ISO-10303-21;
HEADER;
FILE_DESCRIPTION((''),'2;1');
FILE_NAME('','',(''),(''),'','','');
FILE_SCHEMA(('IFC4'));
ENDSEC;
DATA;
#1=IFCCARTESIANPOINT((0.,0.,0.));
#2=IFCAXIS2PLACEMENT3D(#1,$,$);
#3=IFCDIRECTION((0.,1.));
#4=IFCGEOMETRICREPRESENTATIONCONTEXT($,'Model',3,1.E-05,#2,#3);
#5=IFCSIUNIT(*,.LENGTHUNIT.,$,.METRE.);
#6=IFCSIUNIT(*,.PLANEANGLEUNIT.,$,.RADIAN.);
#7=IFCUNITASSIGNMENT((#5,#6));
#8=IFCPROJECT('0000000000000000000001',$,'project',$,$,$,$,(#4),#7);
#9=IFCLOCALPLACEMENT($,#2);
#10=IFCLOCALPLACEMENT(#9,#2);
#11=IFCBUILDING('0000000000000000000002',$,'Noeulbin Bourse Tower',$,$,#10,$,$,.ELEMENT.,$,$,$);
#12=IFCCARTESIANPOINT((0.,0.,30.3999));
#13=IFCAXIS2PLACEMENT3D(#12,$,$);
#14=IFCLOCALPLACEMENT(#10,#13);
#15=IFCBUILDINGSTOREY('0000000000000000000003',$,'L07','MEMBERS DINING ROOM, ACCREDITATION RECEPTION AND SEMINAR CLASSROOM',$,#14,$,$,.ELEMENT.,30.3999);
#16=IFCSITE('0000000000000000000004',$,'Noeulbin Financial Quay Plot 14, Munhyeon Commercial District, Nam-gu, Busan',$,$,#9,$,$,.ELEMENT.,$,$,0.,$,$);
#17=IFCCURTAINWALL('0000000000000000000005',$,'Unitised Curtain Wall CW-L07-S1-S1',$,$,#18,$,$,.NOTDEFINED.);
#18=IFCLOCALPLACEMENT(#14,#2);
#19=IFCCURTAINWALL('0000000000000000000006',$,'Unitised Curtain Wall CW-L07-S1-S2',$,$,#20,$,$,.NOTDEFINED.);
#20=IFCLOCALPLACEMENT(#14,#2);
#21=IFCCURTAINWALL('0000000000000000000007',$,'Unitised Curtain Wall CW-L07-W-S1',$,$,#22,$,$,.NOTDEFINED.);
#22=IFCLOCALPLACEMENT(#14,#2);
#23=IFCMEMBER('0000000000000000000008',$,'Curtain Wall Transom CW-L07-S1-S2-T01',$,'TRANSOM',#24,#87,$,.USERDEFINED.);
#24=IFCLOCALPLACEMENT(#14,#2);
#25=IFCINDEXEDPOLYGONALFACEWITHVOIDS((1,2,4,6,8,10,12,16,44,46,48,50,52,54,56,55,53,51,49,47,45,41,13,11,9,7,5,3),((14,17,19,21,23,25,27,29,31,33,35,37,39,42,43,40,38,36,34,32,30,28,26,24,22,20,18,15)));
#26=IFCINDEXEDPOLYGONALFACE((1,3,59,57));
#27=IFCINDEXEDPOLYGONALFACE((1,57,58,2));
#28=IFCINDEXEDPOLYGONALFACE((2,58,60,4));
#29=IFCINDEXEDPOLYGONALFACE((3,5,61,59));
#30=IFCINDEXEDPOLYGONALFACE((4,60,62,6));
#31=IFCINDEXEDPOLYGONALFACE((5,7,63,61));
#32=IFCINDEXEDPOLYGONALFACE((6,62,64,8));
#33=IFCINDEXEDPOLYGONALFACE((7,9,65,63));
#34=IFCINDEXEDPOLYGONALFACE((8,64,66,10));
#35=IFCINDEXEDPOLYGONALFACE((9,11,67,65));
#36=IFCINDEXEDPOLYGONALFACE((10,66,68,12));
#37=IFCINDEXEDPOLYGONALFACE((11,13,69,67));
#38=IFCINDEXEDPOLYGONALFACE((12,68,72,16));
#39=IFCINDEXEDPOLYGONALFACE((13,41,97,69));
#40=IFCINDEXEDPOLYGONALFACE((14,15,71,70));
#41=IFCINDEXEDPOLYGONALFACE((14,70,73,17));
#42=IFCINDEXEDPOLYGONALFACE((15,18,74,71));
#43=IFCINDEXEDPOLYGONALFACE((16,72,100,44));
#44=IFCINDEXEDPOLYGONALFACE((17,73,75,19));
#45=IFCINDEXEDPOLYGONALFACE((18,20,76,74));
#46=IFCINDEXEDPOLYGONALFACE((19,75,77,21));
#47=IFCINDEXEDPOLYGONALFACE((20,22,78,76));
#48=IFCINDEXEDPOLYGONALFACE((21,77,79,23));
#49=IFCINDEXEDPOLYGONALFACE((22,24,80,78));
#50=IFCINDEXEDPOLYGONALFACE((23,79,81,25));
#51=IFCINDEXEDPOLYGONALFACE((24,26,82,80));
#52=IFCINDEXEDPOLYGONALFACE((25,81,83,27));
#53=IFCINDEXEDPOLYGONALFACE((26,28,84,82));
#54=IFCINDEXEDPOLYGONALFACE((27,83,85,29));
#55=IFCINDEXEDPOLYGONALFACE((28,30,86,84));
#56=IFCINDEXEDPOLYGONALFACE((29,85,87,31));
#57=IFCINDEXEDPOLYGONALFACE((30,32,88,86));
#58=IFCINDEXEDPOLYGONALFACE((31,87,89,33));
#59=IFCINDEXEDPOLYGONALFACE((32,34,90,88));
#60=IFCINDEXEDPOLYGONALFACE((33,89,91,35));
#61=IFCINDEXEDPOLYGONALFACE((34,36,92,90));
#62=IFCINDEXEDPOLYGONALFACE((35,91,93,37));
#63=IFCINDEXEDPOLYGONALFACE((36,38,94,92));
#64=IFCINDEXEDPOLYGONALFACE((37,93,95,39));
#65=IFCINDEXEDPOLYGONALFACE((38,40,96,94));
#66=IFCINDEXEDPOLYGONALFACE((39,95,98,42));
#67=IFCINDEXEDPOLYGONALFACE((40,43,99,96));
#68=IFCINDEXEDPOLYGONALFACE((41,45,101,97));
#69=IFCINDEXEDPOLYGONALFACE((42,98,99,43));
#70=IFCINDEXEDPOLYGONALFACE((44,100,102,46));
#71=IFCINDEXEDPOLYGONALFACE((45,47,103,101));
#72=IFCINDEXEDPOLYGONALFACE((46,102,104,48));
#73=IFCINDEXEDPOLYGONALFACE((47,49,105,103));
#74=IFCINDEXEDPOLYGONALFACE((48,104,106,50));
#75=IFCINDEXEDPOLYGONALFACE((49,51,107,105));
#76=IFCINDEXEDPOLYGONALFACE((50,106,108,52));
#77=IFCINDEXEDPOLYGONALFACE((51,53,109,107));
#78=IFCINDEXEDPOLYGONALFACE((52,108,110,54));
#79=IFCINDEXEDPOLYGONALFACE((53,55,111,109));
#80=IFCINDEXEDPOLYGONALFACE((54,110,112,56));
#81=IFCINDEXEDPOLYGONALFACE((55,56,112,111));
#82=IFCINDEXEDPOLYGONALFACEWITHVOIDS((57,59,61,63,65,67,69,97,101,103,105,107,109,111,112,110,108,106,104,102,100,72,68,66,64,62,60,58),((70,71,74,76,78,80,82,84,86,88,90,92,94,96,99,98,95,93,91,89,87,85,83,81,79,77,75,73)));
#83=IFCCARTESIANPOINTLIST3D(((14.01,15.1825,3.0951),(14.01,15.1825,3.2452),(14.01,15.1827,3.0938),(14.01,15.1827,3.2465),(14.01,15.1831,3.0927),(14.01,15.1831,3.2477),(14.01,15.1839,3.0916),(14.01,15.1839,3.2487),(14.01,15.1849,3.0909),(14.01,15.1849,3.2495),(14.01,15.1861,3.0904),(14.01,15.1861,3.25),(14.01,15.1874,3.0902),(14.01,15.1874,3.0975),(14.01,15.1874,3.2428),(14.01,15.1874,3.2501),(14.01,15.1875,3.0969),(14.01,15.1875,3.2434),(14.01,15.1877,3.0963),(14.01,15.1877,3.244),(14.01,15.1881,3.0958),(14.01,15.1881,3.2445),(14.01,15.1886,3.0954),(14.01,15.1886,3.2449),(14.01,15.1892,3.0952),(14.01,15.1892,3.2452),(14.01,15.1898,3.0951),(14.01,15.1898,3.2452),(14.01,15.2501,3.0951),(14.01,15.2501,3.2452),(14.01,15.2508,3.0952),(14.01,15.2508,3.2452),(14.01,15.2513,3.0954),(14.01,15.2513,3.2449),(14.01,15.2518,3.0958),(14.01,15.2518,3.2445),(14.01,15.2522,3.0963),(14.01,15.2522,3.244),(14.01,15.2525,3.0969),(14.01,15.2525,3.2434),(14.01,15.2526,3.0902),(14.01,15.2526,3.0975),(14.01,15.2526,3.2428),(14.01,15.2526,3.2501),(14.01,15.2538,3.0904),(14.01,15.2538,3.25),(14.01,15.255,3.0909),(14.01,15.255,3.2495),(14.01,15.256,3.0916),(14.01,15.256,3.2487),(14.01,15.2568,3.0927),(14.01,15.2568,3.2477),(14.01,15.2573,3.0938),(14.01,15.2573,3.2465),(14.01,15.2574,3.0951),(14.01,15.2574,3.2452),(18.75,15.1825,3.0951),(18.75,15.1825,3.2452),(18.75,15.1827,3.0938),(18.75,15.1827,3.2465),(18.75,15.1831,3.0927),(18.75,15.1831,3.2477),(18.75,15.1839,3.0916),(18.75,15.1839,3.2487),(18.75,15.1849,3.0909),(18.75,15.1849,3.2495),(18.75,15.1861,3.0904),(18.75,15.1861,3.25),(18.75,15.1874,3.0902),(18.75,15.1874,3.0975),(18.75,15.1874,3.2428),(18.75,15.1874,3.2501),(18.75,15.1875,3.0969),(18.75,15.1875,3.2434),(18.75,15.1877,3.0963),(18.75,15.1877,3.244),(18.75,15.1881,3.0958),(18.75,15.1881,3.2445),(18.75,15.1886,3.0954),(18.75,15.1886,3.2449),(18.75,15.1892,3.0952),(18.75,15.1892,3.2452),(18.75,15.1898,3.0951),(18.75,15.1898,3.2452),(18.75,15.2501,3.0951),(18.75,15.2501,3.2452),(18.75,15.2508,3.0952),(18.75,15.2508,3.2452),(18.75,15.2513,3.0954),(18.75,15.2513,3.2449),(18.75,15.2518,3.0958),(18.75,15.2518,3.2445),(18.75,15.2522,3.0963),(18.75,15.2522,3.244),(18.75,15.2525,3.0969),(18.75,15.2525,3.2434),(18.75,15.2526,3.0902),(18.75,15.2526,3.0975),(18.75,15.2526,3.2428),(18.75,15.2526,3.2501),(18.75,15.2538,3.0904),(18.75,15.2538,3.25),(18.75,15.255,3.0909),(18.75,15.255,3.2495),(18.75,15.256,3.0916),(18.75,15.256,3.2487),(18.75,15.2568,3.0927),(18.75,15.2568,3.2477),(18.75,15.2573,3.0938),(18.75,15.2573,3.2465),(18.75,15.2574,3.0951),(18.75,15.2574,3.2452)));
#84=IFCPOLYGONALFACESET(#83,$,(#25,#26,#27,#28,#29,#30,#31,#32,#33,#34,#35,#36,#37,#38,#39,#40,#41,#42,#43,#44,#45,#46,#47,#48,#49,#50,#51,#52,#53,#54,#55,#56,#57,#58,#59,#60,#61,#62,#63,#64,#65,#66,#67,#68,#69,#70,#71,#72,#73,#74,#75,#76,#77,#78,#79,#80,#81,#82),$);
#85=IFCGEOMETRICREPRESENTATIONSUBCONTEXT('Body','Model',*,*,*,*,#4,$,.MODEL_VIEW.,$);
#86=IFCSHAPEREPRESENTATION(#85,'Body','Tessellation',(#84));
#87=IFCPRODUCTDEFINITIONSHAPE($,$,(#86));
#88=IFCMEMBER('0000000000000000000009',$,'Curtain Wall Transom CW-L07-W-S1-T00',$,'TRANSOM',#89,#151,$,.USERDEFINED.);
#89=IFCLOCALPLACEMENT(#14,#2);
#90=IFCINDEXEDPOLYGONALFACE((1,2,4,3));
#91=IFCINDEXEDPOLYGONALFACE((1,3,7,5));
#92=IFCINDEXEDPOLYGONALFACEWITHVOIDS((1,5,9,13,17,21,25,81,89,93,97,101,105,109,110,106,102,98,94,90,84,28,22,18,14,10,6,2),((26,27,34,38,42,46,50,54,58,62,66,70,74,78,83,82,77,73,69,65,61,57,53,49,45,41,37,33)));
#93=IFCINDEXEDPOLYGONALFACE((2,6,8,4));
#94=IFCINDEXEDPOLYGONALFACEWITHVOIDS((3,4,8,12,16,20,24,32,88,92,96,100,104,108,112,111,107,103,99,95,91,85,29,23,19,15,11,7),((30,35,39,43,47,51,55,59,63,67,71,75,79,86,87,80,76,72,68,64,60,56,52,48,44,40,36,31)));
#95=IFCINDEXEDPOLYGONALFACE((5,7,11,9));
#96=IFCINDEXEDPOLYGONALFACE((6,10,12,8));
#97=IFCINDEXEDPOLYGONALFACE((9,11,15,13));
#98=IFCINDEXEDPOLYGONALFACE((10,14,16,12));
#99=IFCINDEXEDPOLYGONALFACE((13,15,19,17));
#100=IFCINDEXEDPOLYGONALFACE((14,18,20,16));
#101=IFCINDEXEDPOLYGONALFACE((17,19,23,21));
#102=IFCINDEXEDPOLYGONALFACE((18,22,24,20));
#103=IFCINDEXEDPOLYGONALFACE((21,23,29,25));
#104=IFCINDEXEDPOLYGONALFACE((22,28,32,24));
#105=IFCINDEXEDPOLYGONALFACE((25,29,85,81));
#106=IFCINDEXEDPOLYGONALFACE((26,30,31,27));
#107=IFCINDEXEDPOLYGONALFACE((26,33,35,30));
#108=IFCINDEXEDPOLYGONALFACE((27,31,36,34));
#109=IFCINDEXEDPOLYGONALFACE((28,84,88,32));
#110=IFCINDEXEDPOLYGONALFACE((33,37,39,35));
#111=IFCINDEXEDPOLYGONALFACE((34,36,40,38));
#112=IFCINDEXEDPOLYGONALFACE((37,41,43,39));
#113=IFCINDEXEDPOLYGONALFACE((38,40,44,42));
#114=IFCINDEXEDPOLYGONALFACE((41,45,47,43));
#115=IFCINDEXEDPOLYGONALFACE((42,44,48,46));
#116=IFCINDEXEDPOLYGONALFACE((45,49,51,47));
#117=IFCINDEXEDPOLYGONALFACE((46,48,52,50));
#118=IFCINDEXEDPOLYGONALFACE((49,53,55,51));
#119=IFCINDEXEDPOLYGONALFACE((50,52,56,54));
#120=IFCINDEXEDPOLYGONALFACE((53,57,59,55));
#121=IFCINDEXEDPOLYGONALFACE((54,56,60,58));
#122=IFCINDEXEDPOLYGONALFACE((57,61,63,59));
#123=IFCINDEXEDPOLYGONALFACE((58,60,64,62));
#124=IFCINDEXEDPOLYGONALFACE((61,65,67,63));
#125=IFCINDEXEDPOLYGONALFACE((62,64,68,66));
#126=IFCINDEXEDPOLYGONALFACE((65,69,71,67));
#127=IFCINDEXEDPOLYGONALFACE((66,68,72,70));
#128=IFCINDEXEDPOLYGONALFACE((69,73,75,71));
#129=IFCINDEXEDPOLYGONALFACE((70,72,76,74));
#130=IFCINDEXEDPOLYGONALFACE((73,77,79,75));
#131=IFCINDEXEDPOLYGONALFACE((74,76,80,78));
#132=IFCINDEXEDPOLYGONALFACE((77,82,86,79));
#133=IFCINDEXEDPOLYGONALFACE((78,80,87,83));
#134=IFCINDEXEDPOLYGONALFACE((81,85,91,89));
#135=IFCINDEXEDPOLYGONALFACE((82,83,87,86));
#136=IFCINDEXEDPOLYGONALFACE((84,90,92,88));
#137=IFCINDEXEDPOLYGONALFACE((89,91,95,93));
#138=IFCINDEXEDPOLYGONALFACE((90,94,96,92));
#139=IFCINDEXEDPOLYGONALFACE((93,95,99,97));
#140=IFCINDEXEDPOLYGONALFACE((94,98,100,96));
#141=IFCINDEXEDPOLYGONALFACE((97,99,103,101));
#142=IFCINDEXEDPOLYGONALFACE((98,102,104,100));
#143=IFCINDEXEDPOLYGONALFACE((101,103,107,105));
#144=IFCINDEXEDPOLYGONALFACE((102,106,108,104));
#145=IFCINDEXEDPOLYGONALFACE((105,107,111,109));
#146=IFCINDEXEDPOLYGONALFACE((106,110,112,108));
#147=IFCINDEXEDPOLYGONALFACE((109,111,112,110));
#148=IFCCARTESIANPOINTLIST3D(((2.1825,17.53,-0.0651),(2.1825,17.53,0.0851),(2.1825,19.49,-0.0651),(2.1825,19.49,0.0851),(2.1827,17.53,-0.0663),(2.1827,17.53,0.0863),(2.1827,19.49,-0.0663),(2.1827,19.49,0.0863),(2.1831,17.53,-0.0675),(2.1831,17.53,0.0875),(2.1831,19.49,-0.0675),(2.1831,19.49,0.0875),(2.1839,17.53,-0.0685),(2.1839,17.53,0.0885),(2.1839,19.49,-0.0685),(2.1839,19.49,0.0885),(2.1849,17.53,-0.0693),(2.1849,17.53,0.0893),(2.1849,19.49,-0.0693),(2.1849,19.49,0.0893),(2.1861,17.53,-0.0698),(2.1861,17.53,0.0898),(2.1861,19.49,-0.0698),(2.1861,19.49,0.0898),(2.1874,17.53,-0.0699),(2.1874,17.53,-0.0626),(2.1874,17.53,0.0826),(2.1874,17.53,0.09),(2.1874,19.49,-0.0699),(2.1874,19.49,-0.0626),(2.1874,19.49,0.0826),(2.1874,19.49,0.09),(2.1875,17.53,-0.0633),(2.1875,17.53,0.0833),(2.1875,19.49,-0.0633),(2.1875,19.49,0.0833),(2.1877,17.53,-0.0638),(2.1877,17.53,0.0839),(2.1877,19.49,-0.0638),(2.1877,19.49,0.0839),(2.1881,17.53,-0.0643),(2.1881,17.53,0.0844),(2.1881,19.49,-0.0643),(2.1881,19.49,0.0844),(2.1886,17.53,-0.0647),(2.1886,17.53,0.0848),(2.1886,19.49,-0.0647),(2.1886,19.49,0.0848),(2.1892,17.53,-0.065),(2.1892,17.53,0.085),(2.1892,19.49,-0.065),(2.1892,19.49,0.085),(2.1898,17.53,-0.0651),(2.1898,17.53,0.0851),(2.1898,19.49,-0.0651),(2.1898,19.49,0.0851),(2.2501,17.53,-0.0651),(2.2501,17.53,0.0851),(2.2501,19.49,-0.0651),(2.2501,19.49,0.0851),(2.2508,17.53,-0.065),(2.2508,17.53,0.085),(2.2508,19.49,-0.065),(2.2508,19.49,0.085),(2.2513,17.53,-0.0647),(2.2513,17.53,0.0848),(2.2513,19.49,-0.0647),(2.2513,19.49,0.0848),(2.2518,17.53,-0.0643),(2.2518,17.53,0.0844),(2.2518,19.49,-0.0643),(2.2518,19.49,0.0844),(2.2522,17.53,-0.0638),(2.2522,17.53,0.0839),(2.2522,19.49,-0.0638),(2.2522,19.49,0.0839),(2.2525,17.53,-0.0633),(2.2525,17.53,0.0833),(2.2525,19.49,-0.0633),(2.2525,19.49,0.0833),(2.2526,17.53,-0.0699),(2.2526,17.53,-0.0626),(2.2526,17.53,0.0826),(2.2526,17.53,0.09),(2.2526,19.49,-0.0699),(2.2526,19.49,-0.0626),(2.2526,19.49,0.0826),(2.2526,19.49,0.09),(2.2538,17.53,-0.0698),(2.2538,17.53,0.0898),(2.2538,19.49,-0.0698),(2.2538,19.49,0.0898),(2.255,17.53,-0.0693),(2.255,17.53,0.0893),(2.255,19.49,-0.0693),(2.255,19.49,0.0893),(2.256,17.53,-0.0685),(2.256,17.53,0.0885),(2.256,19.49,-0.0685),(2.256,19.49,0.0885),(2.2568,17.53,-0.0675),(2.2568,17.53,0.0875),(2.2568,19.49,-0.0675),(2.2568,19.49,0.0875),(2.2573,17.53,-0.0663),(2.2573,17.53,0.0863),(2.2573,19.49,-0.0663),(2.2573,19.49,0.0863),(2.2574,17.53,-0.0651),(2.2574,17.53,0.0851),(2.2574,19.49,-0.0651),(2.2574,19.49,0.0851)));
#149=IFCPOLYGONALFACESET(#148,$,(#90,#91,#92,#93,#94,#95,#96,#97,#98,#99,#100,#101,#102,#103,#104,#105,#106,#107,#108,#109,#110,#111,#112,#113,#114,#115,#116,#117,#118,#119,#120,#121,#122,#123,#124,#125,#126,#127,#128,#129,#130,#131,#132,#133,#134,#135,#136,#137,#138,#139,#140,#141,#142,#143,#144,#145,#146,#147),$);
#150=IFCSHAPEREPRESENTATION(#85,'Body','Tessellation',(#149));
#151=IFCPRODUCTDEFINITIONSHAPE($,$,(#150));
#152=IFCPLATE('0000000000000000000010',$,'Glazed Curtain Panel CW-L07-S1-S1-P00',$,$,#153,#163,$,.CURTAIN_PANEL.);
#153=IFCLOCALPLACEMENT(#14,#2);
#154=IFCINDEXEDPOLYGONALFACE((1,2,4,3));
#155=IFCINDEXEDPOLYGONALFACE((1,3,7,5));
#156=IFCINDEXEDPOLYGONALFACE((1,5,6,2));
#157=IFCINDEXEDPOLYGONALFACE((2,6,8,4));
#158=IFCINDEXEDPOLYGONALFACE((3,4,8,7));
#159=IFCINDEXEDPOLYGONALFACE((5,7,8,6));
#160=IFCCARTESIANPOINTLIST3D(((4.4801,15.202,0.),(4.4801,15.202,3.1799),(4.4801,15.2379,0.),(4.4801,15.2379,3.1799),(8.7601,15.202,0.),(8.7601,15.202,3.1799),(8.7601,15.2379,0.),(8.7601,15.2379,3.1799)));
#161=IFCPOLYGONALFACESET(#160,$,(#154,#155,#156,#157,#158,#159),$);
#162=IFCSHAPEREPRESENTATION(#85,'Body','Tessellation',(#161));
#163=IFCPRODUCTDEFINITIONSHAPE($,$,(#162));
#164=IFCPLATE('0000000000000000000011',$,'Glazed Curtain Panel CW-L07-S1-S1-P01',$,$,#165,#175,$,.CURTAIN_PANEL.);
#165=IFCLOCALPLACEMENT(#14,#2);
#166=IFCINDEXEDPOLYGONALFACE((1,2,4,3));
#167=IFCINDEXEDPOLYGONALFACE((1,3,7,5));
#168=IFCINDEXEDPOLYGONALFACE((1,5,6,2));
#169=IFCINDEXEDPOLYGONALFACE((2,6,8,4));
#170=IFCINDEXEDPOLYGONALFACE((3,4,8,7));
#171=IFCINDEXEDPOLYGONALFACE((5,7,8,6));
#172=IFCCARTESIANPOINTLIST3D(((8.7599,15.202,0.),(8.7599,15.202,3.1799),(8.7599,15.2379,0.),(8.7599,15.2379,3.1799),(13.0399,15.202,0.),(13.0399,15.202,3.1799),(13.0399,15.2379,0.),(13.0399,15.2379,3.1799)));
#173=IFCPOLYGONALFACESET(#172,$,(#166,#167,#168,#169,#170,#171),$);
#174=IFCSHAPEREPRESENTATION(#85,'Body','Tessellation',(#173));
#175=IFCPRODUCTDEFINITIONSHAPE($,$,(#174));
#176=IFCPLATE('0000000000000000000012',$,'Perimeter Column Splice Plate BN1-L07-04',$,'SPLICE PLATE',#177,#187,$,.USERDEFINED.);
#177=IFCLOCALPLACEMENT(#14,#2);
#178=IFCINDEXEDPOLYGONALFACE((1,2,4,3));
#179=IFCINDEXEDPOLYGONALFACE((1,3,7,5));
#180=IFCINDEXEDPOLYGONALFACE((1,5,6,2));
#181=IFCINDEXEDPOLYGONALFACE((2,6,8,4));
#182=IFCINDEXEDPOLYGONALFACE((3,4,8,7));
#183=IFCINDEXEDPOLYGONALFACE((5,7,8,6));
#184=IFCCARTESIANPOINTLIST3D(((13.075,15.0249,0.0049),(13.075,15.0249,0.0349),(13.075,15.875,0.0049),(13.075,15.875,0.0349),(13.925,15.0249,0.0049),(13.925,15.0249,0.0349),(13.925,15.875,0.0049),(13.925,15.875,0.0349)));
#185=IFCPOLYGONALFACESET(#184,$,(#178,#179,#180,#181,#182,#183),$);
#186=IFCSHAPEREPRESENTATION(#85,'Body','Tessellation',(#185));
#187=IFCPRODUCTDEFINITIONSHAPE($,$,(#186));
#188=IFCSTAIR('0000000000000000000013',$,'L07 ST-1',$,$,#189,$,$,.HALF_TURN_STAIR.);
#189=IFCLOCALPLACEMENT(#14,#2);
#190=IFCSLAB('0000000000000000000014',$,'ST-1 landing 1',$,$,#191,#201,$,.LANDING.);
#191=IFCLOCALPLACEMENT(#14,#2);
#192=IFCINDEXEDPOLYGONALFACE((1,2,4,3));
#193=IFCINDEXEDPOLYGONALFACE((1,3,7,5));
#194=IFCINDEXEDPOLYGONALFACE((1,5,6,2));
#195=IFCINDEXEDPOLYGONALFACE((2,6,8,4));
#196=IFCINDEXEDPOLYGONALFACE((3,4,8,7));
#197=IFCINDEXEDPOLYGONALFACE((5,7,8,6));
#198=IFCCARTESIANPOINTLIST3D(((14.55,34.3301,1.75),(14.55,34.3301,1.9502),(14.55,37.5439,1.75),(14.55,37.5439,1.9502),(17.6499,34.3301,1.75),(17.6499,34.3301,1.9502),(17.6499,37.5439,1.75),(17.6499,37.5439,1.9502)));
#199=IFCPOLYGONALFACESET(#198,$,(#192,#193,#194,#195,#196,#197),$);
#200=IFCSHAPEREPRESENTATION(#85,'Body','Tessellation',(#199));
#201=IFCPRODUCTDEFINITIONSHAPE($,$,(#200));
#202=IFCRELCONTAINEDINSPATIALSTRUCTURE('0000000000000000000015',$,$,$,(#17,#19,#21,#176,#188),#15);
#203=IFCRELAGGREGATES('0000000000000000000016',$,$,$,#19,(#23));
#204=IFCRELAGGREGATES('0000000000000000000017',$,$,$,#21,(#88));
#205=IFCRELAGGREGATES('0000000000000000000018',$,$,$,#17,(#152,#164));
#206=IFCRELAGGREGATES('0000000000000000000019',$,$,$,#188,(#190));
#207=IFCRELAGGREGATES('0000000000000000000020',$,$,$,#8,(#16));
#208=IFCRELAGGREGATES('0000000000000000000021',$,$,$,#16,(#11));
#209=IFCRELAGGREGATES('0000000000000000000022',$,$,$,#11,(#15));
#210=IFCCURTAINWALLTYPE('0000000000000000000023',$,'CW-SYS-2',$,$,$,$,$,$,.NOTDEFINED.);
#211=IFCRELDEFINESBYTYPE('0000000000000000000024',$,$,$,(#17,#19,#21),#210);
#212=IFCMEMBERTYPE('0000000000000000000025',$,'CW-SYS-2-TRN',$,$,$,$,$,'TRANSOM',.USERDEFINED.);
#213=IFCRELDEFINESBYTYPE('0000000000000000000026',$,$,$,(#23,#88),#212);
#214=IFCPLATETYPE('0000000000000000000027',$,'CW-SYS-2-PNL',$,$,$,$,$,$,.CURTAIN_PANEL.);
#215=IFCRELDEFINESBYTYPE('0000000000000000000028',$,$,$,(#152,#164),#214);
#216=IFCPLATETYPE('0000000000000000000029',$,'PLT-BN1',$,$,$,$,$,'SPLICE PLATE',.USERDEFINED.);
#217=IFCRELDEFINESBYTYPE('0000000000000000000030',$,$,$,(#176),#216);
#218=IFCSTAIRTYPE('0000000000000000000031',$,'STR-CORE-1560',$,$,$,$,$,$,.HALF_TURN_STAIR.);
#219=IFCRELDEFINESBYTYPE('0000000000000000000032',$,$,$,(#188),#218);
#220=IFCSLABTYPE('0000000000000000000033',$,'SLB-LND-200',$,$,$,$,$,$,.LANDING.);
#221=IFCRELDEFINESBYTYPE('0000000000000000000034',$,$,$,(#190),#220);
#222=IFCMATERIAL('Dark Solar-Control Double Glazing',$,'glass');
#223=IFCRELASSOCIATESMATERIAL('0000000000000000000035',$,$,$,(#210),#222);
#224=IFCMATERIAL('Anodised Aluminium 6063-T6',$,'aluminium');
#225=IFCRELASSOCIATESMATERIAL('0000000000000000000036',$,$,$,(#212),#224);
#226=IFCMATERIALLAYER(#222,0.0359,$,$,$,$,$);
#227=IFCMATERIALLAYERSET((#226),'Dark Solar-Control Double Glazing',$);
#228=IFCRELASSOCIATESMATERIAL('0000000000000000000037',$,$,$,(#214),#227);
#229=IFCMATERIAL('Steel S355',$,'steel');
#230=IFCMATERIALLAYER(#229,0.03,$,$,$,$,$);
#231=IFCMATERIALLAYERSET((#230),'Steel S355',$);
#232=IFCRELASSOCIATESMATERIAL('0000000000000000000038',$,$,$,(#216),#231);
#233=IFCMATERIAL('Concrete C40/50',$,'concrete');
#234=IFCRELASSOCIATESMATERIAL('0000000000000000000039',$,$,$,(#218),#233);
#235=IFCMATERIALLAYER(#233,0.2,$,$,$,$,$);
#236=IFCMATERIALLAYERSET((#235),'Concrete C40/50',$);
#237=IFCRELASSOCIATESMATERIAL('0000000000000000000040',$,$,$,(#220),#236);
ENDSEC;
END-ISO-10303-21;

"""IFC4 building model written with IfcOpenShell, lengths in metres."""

from ifc_helpers import new_model, si_unit, direction, frame, origin, origin_2d, place, context, subcontext, project, spatial, polyline, rectangle, hollow_rectangle, outline, extrude, material, layer, layer_set, material_profile, profile_set, type_object, element, aggregate, save


model = new_model("IFC4")

# Units and contexts
model_context = context("Model", 3, precision=1e-05, world=origin(), true_north=direction((0.0, 1.0)))
body_context = subcontext(model_context, "Body", "Model", "MODEL_VIEW")
ifc_project = project(units=[si_unit("LENGTHUNIT", "METRE"), si_unit("PLANEANGLEUNIT", "RADIAN")], contexts=[model_context])

# Site, building, storey
site_placement = place(None, origin())
site = spatial("IfcSite", under=ifc_project, at=site_placement, Name="Noeulbin Financial Quay Plot 14, Munhyeon Commercial District, Nam-gu, Busan", CompositionType="ELEMENT", RefElevation=0.0)
building_placement = place(site_placement, origin())
building = spatial("IfcBuilding", under=site, at=building_placement, Name="Noeulbin Bourse Tower", CompositionType="ELEMENT")
storey_placement = place(building_placement, frame((0.0, 0.0, 30.3999)))
storey = spatial("IfcBuildingStorey", under=building, at=storey_placement, Name="L07", Description="MEMBERS DINING ROOM, ACCREDITATION RECEPTION AND SEMINAR CLASSROOM", CompositionType="ELEMENT", Elevation=30.3999)

# Shared definitions
ifc_material_1 = material(Name="Steel S355", Category="steel")

# Curtain wall
ifc_material_2 = material(Name="Dark Solar-Control Double Glazing", Category="glass")
curtain_wall_type = type_object("IfcCurtainWallType", Name="CW-SYS-2", PredefinedType="NOTDEFINED", material=ifc_material_2)
curtain_wall_1_placement = place(storey_placement, origin())
curtain_wall_1 = element("IfcCurtainWall", 1, at=curtain_wall_1_placement, inside=storey, type_object=curtain_wall_type, Name="Unitised Curtain Wall CW-L07-S1-S1", PredefinedType="NOTDEFINED")
ifc_material_3 = material(Name="Anodised Aluminium 6063-T6", Category="aluminium")

# Curtain walls
curtain_wall_2_placement = place(storey_placement, origin())
curtain_wall_2 = element("IfcCurtainWall", 2, at=curtain_wall_2_placement, inside=storey, type_object=curtain_wall_type, Name="Unitised Curtain Wall CW-L07-S1-S2", PredefinedType="NOTDEFINED")
curtain_wall_3_placement = place(storey_placement, origin())
curtain_wall_3 = element("IfcCurtainWall", 3, at=curtain_wall_3_placement, inside=storey, type_object=curtain_wall_type, Name="Unitised Curtain Wall CW-L07-W-S1", PredefinedType="NOTDEFINED")

# Members
ifc_material_profile_1 = material_profile(ifc_material_3, hollow_rectangle(XDim=0.075, YDim=0.1599, WallThickness=0.0049, InnerFilletRadius=0.0024, OuterFilletRadius=0.0049, at=origin_2d()), Name="ALU-TRAN-75x160x5", Category="LoadBearing")
ifc_profile_set_1 = profile_set([ifc_material_profile_1], Name="Anodised Aluminium 6063-T6")
member_type_1 = type_object("IfcMemberType", Name="CW-SYS-2-TRN", ElementType="TRANSOM", PredefinedType="USERDEFINED", material=ifc_profile_set_1)
member_1_placement = place(storey_placement, frame((14.01, 15.22, 3.1702), z_axis=(1.0, 0.0, 0.0), x_axis=(0.0, 1.0, 0.0)))
member_1 = element("IfcMember", 4, at=member_1_placement, type_object=member_type_1, Name="Curtain Wall Transom CW-L07-S1-S2-T01", ObjectType="TRANSOM", PredefinedType="USERDEFINED", context=body_context, shape_type="SweptSolid", body=[
    extrude(hollow_rectangle(XDim=0.075, YDim=0.1599, WallThickness=0.0049, InnerFilletRadius=0.0024, OuterFilletRadius=0.0049, at=origin_2d()), origin(), (0.0, 0.0, 1.0), 4.74),
])
aggregate(curtain_wall_2, [member_1])
member_2_placement = place(storey_placement, frame((2.22, 17.53, 0.01), z_axis=(0.0, 1.0, 0.0), x_axis=(-1.0, 0.0, 0.0)))
member_2 = element("IfcMember", 5, at=member_2_placement, type_object=member_type_1, Name="Curtain Wall Transom CW-L07-W-S1-T00", ObjectType="TRANSOM", PredefinedType="USERDEFINED", context=body_context, shape_type="SweptSolid", body=[
    extrude(hollow_rectangle(XDim=0.075, YDim=0.1599, WallThickness=0.0049, InnerFilletRadius=0.0024, OuterFilletRadius=0.0049, at=origin_2d()), origin(), (0.0, 0.0, 1.0), 1.96),
])
aggregate(curtain_wall_3, [member_2])

# Plates
ifc_layer_1 = layer(ifc_material_2, 0.0359)
ifc_layer_set_1 = layer_set([ifc_layer_1], Name="Dark Solar-Control Double Glazing")
plate_type_1 = type_object("IfcPlateType", Name="CW-SYS-2-PNL", PredefinedType="CURTAIN_PANEL", material=ifc_layer_set_1)
plate_1_placement = place(storey_placement, frame((6.6201, 15.22, 0.0), z_axis=(0.0, 0.0, 1.0), x_axis=(1.0, 0.0, 0.0)))
plate_1 = element("IfcPlate", 6, at=plate_1_placement, type_object=plate_type_1, Name="Glazed Curtain Panel CW-L07-S1-S1-P00", PredefinedType="CURTAIN_PANEL", context=body_context, shape_type="SweptSolid", body=[
    extrude(rectangle(XDim=4.28, YDim=0.0359, at=origin_2d()), origin(), (0.0, 0.0, 1.0), 3.1799),
])
plate_2_placement = place(storey_placement, frame((10.8999, 15.22, 0.0), z_axis=(0.0, 0.0, 1.0), x_axis=(1.0, 0.0, 0.0)))
plate_2 = element("IfcPlate", 7, at=plate_2_placement, type_object=plate_type_1, Name="Glazed Curtain Panel CW-L07-S1-S1-P01", PredefinedType="CURTAIN_PANEL", context=body_context, shape_type="SweptSolid", body=[
    extrude(rectangle(XDim=4.28, YDim=0.0359, at=origin_2d()), origin(), (0.0, 0.0, 1.0), 3.1799),
])
aggregate(curtain_wall_1, [plate_1, plate_2])
ifc_layer_2 = layer(ifc_material_1, 0.03)
ifc_layer_set_2 = layer_set([ifc_layer_2], Name="Steel S355")
plate_type_2 = type_object("IfcPlateType", Name="PLT-BN1", ElementType="SPLICE PLATE", PredefinedType="USERDEFINED", material=ifc_layer_set_2)
plate_3_placement = place(storey_placement, frame((13.5, 15.45, 0.0049), z_axis=(0.0, 0.0, 1.0), x_axis=(1.0, 0.0, 0.0)))
element("IfcPlate", 8, at=plate_3_placement, inside=storey, type_object=plate_type_2, Name="Perimeter Column Splice Plate BN1-L07-04", ObjectType="SPLICE PLATE", PredefinedType="USERDEFINED", context=body_context, shape_type="SweptSolid", body=[
    extrude(rectangle(XDim=0.8501, YDim=0.8501, at=origin_2d()), origin(), (0.0, 0.0, 1.0), 0.03),
])

# Stair, slab
ifc_material_4 = material(Name="Concrete C40/50", Category="concrete")
stair_type = type_object("IfcStairType", Name="STR-CORE-1560", PredefinedType="HALF_TURN_STAIR", material=ifc_material_4)
stair_1_placement = place(storey_placement, origin())
stair_1 = element("IfcStair", 9, at=stair_1_placement, inside=storey, type_object=stair_type, Name="L07 ST-1", PredefinedType="HALF_TURN_STAIR")
ifc_layer_3 = layer(ifc_material_4, 0.2)
ifc_layer_set_3 = layer_set([ifc_layer_3], Name="Concrete C40/50")
slab_type_1 = type_object("IfcSlabType", Name="SLB-LND-200", PredefinedType="LANDING", material=ifc_layer_set_3)
slab_1_placement = place(storey_placement, frame((0.0, 0.0, 1.75)))
slab_1 = element("IfcSlab", 10, at=slab_1_placement, type_object=slab_type_1, Name="ST-1 landing 1", PredefinedType="LANDING", context=body_context, shape_type="SweptSolid", body=[
    extrude(outline(polyline([(17.6499, 34.3301), (17.6499, 37.5439), (14.55, 37.5439), (14.55, 34.3301), (17.6499, 34.3301)])), origin(), (0.0, 0.0, 1.0), 0.2002),
])
aggregate(stair_1, [slab_1])

save(model, "model.ifc")
